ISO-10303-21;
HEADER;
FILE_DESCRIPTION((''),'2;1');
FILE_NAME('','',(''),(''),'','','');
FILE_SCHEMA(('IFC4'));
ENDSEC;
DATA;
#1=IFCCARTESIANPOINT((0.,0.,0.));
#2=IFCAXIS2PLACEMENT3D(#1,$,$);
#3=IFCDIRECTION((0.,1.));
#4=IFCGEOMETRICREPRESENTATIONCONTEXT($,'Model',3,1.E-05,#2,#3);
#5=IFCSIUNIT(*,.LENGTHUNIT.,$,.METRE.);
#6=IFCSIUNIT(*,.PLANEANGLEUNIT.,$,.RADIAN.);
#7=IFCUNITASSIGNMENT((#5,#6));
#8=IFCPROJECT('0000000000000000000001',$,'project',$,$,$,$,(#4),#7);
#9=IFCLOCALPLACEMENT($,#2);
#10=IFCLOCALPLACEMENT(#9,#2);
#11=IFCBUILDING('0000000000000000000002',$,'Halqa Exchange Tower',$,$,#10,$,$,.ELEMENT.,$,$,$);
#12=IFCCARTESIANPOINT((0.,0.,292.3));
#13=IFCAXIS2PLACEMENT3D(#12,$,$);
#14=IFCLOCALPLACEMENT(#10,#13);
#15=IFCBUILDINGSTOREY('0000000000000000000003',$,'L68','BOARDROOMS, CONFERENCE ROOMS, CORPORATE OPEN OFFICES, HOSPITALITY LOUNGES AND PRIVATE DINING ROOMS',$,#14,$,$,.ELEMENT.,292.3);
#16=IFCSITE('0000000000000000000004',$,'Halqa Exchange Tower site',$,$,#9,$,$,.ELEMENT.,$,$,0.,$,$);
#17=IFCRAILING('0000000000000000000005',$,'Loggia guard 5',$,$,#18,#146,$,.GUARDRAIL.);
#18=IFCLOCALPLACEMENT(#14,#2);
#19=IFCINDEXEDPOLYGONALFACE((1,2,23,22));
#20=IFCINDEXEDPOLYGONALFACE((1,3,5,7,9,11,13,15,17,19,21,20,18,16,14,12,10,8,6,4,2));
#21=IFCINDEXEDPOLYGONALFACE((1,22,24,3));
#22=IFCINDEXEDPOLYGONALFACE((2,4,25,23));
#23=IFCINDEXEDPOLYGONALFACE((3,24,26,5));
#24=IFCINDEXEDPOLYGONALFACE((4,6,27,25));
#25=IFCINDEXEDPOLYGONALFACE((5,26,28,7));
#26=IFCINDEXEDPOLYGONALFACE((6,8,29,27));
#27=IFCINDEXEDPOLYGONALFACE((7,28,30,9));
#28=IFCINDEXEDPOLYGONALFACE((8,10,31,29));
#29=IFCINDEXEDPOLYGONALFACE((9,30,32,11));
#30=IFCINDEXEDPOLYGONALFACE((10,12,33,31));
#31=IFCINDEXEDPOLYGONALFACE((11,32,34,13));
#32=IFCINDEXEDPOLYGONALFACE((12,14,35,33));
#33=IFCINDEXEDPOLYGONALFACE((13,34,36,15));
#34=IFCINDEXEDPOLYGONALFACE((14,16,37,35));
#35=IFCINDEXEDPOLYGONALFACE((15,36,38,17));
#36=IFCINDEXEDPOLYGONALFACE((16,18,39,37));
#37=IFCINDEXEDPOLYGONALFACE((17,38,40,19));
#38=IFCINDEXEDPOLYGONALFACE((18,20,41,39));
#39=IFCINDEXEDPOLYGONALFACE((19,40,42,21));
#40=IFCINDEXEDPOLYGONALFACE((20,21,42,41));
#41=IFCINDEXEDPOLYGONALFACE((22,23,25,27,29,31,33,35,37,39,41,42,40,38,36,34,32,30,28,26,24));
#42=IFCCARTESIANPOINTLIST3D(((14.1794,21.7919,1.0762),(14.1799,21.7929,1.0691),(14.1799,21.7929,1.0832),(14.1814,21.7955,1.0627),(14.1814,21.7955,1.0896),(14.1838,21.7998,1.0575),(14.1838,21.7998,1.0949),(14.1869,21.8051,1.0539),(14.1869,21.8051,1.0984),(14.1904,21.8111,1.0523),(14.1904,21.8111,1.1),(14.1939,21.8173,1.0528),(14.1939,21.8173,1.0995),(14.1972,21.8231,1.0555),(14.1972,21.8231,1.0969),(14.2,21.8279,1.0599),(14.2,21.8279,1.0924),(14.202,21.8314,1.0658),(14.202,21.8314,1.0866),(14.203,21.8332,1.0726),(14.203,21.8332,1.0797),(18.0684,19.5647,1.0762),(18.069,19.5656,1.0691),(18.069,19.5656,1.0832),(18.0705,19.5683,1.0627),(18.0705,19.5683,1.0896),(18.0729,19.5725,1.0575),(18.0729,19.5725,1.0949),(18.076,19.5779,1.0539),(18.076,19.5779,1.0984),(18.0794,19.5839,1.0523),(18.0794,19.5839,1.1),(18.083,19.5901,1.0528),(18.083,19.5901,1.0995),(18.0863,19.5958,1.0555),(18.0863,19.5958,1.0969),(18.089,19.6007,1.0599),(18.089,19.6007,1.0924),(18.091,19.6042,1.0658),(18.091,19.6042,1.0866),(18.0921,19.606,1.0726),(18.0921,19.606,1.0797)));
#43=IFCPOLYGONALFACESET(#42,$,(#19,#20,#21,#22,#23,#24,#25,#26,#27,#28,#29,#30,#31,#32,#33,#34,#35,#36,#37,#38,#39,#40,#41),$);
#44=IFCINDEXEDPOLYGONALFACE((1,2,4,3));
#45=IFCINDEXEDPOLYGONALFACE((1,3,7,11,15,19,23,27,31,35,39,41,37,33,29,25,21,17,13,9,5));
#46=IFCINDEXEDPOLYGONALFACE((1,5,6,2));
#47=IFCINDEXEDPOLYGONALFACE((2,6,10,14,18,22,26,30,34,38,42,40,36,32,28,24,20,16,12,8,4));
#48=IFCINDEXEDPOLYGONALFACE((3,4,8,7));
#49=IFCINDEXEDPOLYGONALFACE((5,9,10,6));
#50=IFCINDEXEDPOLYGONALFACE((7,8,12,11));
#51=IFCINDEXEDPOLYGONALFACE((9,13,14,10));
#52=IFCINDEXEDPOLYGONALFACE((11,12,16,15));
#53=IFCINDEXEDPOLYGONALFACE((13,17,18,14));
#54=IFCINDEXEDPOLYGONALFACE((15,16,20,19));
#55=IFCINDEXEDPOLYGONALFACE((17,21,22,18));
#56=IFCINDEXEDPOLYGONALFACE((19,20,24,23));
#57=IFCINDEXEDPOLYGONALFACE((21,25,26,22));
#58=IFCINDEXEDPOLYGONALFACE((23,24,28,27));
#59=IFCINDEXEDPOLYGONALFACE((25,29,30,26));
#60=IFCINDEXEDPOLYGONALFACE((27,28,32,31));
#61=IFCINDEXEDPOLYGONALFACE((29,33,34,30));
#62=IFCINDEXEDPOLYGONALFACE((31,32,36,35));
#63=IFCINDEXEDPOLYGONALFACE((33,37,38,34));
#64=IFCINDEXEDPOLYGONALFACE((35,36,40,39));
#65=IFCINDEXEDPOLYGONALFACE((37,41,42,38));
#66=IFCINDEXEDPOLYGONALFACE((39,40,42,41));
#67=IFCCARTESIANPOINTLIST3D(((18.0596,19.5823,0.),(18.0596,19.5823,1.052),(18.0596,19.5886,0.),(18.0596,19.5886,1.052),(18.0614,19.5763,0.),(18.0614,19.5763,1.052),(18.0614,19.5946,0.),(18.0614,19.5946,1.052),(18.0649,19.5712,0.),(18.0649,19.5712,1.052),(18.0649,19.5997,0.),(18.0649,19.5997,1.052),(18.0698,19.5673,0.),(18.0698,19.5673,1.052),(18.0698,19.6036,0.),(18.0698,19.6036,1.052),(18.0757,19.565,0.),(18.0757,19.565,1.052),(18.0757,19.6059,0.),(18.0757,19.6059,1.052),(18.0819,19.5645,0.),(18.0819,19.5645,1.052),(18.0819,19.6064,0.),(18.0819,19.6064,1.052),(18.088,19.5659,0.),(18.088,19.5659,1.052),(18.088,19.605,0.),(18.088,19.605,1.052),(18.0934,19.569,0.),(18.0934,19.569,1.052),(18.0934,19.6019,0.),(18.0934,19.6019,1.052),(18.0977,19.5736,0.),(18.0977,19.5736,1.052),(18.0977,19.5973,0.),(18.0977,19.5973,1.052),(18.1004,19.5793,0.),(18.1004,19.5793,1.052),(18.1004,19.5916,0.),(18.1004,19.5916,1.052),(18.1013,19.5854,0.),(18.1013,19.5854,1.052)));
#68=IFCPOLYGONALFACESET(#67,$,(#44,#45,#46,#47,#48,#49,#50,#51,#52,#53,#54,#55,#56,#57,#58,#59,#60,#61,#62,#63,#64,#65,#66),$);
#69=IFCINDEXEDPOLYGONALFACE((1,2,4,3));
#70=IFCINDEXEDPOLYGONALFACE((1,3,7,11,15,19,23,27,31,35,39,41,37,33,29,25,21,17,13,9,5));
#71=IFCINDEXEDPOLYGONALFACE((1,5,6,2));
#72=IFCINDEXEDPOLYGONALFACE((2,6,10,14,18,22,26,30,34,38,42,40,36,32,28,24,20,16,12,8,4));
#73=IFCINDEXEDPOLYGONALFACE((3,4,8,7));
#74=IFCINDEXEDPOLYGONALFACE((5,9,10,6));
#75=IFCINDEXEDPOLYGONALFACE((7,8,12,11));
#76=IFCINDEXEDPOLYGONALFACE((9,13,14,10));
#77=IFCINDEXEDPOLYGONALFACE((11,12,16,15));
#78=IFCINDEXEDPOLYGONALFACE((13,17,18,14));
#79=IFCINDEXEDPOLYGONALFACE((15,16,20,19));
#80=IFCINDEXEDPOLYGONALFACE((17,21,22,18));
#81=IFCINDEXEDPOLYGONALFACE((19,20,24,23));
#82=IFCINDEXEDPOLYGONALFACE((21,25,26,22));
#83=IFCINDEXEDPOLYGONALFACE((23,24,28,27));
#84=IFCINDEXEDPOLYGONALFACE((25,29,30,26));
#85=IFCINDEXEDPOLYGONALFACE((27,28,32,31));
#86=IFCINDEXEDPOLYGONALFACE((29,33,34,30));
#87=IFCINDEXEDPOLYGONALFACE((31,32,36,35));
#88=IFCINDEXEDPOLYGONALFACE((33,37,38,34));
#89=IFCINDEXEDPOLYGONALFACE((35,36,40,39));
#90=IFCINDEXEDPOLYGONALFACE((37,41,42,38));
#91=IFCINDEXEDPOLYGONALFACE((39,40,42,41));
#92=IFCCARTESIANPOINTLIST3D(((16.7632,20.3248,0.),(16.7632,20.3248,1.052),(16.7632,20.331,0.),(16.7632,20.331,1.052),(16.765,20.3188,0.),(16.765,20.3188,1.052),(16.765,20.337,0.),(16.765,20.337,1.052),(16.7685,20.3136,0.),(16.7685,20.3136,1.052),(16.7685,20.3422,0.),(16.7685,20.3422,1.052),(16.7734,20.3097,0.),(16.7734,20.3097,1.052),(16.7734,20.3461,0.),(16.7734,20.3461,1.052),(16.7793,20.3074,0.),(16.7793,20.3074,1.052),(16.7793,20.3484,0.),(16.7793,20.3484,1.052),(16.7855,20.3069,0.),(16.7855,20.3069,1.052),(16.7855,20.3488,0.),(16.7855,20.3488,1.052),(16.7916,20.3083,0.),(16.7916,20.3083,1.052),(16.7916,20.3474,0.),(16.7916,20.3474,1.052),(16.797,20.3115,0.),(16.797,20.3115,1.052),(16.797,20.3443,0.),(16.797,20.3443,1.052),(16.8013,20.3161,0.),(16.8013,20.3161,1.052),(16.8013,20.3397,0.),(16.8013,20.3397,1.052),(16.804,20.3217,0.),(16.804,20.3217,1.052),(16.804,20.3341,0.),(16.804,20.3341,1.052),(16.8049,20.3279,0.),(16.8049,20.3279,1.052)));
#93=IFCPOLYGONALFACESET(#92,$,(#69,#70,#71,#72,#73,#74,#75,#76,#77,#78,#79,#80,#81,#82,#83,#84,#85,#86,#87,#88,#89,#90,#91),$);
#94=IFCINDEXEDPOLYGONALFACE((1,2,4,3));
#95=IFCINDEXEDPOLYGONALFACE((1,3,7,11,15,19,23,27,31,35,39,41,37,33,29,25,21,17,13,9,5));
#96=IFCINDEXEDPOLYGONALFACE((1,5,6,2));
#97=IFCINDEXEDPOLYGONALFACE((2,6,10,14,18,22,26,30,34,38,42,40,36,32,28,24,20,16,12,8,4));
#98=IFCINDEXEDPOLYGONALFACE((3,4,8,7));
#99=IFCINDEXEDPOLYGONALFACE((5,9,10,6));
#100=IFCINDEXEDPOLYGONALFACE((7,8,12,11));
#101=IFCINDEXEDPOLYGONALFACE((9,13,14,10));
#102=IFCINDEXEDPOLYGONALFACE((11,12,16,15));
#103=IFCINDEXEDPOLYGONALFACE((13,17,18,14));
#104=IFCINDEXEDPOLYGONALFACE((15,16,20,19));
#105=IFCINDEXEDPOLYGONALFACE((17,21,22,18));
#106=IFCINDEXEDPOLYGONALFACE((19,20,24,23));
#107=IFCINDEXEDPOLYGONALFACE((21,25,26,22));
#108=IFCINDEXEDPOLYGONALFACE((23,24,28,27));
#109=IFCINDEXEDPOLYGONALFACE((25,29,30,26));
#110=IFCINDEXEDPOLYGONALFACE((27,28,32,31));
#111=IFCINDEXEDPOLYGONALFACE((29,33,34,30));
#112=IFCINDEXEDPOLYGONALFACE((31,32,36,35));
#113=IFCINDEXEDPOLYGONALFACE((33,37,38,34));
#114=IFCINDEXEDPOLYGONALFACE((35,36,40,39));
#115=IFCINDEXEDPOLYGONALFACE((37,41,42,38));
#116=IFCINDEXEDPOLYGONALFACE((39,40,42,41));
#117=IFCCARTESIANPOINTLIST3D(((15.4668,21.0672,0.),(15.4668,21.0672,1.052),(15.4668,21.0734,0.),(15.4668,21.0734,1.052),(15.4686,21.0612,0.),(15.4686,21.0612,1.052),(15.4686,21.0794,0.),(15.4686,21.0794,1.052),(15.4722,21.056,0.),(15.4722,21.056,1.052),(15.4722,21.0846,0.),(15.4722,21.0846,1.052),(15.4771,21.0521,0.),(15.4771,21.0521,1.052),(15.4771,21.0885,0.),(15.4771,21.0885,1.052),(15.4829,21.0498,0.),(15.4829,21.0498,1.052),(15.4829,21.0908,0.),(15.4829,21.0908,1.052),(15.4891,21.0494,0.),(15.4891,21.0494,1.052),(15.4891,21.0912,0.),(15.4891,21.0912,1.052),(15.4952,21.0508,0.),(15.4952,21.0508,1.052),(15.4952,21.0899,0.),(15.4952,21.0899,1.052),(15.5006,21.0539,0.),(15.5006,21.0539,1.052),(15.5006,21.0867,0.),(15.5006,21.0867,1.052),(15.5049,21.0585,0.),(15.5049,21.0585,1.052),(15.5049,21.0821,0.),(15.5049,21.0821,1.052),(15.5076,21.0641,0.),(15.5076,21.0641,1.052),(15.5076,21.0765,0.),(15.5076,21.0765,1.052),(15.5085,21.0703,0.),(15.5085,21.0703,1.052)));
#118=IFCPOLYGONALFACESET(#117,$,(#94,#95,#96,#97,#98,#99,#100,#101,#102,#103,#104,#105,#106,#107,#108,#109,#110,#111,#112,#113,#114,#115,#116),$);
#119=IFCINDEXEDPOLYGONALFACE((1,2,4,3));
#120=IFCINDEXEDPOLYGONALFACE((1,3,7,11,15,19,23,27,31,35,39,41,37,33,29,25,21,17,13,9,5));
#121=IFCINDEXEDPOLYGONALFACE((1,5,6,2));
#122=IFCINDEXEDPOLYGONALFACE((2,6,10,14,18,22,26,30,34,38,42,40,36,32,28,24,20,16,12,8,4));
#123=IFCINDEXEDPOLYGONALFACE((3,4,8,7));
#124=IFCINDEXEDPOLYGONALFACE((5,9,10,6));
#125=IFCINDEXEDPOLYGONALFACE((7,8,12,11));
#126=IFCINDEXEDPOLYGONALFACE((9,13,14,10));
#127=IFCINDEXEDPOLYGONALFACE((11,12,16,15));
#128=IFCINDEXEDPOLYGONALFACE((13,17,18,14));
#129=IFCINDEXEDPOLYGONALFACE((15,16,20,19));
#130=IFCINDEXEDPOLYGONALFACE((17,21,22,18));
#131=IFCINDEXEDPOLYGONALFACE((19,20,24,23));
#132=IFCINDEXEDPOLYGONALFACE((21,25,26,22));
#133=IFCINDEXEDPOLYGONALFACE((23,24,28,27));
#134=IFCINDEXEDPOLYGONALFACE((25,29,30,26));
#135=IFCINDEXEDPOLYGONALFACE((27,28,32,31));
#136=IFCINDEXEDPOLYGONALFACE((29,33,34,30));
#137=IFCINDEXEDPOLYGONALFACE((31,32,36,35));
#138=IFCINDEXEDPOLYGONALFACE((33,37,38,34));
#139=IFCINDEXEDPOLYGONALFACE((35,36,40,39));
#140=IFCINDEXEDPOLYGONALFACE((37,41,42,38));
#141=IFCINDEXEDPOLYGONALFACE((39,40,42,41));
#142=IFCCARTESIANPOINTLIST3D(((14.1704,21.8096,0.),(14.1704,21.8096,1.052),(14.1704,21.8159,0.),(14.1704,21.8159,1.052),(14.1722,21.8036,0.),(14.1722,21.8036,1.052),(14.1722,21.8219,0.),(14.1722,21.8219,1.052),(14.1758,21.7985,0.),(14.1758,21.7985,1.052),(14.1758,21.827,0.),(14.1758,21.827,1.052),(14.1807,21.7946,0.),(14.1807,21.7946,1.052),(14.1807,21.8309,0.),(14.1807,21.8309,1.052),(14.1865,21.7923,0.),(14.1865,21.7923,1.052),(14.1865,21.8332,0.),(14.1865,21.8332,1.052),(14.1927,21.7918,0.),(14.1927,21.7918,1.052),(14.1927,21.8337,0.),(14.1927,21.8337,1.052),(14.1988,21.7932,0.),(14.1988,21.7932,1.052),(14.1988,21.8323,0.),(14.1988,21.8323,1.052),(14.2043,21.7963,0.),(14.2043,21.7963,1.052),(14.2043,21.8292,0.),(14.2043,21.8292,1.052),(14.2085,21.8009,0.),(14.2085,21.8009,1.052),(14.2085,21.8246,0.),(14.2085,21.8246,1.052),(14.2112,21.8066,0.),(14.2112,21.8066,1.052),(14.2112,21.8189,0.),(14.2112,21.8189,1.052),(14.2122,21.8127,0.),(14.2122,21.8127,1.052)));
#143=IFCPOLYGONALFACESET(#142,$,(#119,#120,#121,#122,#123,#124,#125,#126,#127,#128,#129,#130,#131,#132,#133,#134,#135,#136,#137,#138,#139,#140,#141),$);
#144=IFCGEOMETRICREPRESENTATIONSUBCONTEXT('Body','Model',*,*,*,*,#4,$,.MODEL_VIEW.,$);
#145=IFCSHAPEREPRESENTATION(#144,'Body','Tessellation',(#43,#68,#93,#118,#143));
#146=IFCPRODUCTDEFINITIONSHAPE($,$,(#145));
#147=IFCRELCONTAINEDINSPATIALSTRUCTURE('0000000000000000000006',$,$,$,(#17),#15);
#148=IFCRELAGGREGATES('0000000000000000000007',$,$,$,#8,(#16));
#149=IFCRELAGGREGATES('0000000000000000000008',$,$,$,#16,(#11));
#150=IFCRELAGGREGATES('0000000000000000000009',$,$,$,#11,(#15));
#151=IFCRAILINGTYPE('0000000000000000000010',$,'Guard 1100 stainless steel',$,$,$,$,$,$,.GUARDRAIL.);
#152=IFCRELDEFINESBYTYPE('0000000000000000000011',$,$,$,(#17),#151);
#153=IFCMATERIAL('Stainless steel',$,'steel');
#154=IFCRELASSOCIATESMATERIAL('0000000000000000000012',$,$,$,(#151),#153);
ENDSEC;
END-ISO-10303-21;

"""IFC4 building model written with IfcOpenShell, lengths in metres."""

from ifc_helpers import new_model, si_unit, direction, frame, origin, origin_2d, place, context, subcontext, project, spatial, circle, extrude, material, type_object, element, save


model = new_model("IFC4")

# Units and contexts
model_context = context("Model", 3, precision=1e-05, world=origin(), true_north=direction((0.0, 1.0)))
body_context = subcontext(model_context, "Body", "Model", "MODEL_VIEW")
ifc_project = project(units=[si_unit("LENGTHUNIT", "METRE"), si_unit("PLANEANGLEUNIT", "RADIAN")], contexts=[model_context])

# Site, building, storey
site_placement = place(None, origin())
site = spatial("IfcSite", under=ifc_project, at=site_placement, Name="Halqa Exchange Tower site", CompositionType="ELEMENT", RefElevation=0.0)
building_placement = place(site_placement, origin())
building = spatial("IfcBuilding", under=site, at=building_placement, Name="Halqa Exchange Tower", CompositionType="ELEMENT")
storey_placement = place(building_placement, frame((0.0, 0.0, 292.3)))
storey = spatial("IfcBuildingStorey", under=building, at=storey_placement, Name="L68", Description="BOARDROOMS, CONFERENCE ROOMS, CORPORATE OPEN OFFICES, HOSPITALITY LOUNGES AND PRIVATE DINING ROOMS", CompositionType="ELEMENT", Elevation=292.3)

# Railing
ifc_material_1 = material(Name="Stainless steel", Category="steel")
railing_type = type_object("IfcRailingType", Name="Guard 1100 stainless steel", PredefinedType="GUARDRAIL", material=ifc_material_1)
railing_1_placement = place(storey_placement, frame((18.0803, 19.5854, 0.0)))
element("IfcRailing", 1, at=railing_1_placement, inside=storey, type_object=railing_type, Name="Loggia guard 5", PredefinedType="GUARDRAIL", context=body_context, shape_type="SweptSolid", body=[
    extrude(circle(Radius=0.0239, at=origin_2d()), frame((0.0, 0.0, 1.0762), z_axis=(-0.86777, 0.496966, 0.0), x_axis=(-0.496966, -0.86777, 0.0)), (0.0, 0.0, 1.0), 4.4817),
    extrude(circle(Radius=0.021, at=origin_2d()), origin(), (0.0, 0.0, 1.0), 1.052),
    extrude(circle(Radius=0.021, at=origin_2d()), frame((-1.2964, 0.7424, 0.0)), (0.0, 0.0, 1.0), 1.052),
    extrude(circle(Radius=0.021, at=origin_2d()), frame((-2.5928, 1.4849, 0.0)), (0.0, 0.0, 1.0), 1.052),
    extrude(circle(Radius=0.021, at=origin_2d()), frame((-3.8892, 2.2273, 0.0)), (0.0, 0.0, 1.0), 1.052),
])

save(model, "model.ifc")
